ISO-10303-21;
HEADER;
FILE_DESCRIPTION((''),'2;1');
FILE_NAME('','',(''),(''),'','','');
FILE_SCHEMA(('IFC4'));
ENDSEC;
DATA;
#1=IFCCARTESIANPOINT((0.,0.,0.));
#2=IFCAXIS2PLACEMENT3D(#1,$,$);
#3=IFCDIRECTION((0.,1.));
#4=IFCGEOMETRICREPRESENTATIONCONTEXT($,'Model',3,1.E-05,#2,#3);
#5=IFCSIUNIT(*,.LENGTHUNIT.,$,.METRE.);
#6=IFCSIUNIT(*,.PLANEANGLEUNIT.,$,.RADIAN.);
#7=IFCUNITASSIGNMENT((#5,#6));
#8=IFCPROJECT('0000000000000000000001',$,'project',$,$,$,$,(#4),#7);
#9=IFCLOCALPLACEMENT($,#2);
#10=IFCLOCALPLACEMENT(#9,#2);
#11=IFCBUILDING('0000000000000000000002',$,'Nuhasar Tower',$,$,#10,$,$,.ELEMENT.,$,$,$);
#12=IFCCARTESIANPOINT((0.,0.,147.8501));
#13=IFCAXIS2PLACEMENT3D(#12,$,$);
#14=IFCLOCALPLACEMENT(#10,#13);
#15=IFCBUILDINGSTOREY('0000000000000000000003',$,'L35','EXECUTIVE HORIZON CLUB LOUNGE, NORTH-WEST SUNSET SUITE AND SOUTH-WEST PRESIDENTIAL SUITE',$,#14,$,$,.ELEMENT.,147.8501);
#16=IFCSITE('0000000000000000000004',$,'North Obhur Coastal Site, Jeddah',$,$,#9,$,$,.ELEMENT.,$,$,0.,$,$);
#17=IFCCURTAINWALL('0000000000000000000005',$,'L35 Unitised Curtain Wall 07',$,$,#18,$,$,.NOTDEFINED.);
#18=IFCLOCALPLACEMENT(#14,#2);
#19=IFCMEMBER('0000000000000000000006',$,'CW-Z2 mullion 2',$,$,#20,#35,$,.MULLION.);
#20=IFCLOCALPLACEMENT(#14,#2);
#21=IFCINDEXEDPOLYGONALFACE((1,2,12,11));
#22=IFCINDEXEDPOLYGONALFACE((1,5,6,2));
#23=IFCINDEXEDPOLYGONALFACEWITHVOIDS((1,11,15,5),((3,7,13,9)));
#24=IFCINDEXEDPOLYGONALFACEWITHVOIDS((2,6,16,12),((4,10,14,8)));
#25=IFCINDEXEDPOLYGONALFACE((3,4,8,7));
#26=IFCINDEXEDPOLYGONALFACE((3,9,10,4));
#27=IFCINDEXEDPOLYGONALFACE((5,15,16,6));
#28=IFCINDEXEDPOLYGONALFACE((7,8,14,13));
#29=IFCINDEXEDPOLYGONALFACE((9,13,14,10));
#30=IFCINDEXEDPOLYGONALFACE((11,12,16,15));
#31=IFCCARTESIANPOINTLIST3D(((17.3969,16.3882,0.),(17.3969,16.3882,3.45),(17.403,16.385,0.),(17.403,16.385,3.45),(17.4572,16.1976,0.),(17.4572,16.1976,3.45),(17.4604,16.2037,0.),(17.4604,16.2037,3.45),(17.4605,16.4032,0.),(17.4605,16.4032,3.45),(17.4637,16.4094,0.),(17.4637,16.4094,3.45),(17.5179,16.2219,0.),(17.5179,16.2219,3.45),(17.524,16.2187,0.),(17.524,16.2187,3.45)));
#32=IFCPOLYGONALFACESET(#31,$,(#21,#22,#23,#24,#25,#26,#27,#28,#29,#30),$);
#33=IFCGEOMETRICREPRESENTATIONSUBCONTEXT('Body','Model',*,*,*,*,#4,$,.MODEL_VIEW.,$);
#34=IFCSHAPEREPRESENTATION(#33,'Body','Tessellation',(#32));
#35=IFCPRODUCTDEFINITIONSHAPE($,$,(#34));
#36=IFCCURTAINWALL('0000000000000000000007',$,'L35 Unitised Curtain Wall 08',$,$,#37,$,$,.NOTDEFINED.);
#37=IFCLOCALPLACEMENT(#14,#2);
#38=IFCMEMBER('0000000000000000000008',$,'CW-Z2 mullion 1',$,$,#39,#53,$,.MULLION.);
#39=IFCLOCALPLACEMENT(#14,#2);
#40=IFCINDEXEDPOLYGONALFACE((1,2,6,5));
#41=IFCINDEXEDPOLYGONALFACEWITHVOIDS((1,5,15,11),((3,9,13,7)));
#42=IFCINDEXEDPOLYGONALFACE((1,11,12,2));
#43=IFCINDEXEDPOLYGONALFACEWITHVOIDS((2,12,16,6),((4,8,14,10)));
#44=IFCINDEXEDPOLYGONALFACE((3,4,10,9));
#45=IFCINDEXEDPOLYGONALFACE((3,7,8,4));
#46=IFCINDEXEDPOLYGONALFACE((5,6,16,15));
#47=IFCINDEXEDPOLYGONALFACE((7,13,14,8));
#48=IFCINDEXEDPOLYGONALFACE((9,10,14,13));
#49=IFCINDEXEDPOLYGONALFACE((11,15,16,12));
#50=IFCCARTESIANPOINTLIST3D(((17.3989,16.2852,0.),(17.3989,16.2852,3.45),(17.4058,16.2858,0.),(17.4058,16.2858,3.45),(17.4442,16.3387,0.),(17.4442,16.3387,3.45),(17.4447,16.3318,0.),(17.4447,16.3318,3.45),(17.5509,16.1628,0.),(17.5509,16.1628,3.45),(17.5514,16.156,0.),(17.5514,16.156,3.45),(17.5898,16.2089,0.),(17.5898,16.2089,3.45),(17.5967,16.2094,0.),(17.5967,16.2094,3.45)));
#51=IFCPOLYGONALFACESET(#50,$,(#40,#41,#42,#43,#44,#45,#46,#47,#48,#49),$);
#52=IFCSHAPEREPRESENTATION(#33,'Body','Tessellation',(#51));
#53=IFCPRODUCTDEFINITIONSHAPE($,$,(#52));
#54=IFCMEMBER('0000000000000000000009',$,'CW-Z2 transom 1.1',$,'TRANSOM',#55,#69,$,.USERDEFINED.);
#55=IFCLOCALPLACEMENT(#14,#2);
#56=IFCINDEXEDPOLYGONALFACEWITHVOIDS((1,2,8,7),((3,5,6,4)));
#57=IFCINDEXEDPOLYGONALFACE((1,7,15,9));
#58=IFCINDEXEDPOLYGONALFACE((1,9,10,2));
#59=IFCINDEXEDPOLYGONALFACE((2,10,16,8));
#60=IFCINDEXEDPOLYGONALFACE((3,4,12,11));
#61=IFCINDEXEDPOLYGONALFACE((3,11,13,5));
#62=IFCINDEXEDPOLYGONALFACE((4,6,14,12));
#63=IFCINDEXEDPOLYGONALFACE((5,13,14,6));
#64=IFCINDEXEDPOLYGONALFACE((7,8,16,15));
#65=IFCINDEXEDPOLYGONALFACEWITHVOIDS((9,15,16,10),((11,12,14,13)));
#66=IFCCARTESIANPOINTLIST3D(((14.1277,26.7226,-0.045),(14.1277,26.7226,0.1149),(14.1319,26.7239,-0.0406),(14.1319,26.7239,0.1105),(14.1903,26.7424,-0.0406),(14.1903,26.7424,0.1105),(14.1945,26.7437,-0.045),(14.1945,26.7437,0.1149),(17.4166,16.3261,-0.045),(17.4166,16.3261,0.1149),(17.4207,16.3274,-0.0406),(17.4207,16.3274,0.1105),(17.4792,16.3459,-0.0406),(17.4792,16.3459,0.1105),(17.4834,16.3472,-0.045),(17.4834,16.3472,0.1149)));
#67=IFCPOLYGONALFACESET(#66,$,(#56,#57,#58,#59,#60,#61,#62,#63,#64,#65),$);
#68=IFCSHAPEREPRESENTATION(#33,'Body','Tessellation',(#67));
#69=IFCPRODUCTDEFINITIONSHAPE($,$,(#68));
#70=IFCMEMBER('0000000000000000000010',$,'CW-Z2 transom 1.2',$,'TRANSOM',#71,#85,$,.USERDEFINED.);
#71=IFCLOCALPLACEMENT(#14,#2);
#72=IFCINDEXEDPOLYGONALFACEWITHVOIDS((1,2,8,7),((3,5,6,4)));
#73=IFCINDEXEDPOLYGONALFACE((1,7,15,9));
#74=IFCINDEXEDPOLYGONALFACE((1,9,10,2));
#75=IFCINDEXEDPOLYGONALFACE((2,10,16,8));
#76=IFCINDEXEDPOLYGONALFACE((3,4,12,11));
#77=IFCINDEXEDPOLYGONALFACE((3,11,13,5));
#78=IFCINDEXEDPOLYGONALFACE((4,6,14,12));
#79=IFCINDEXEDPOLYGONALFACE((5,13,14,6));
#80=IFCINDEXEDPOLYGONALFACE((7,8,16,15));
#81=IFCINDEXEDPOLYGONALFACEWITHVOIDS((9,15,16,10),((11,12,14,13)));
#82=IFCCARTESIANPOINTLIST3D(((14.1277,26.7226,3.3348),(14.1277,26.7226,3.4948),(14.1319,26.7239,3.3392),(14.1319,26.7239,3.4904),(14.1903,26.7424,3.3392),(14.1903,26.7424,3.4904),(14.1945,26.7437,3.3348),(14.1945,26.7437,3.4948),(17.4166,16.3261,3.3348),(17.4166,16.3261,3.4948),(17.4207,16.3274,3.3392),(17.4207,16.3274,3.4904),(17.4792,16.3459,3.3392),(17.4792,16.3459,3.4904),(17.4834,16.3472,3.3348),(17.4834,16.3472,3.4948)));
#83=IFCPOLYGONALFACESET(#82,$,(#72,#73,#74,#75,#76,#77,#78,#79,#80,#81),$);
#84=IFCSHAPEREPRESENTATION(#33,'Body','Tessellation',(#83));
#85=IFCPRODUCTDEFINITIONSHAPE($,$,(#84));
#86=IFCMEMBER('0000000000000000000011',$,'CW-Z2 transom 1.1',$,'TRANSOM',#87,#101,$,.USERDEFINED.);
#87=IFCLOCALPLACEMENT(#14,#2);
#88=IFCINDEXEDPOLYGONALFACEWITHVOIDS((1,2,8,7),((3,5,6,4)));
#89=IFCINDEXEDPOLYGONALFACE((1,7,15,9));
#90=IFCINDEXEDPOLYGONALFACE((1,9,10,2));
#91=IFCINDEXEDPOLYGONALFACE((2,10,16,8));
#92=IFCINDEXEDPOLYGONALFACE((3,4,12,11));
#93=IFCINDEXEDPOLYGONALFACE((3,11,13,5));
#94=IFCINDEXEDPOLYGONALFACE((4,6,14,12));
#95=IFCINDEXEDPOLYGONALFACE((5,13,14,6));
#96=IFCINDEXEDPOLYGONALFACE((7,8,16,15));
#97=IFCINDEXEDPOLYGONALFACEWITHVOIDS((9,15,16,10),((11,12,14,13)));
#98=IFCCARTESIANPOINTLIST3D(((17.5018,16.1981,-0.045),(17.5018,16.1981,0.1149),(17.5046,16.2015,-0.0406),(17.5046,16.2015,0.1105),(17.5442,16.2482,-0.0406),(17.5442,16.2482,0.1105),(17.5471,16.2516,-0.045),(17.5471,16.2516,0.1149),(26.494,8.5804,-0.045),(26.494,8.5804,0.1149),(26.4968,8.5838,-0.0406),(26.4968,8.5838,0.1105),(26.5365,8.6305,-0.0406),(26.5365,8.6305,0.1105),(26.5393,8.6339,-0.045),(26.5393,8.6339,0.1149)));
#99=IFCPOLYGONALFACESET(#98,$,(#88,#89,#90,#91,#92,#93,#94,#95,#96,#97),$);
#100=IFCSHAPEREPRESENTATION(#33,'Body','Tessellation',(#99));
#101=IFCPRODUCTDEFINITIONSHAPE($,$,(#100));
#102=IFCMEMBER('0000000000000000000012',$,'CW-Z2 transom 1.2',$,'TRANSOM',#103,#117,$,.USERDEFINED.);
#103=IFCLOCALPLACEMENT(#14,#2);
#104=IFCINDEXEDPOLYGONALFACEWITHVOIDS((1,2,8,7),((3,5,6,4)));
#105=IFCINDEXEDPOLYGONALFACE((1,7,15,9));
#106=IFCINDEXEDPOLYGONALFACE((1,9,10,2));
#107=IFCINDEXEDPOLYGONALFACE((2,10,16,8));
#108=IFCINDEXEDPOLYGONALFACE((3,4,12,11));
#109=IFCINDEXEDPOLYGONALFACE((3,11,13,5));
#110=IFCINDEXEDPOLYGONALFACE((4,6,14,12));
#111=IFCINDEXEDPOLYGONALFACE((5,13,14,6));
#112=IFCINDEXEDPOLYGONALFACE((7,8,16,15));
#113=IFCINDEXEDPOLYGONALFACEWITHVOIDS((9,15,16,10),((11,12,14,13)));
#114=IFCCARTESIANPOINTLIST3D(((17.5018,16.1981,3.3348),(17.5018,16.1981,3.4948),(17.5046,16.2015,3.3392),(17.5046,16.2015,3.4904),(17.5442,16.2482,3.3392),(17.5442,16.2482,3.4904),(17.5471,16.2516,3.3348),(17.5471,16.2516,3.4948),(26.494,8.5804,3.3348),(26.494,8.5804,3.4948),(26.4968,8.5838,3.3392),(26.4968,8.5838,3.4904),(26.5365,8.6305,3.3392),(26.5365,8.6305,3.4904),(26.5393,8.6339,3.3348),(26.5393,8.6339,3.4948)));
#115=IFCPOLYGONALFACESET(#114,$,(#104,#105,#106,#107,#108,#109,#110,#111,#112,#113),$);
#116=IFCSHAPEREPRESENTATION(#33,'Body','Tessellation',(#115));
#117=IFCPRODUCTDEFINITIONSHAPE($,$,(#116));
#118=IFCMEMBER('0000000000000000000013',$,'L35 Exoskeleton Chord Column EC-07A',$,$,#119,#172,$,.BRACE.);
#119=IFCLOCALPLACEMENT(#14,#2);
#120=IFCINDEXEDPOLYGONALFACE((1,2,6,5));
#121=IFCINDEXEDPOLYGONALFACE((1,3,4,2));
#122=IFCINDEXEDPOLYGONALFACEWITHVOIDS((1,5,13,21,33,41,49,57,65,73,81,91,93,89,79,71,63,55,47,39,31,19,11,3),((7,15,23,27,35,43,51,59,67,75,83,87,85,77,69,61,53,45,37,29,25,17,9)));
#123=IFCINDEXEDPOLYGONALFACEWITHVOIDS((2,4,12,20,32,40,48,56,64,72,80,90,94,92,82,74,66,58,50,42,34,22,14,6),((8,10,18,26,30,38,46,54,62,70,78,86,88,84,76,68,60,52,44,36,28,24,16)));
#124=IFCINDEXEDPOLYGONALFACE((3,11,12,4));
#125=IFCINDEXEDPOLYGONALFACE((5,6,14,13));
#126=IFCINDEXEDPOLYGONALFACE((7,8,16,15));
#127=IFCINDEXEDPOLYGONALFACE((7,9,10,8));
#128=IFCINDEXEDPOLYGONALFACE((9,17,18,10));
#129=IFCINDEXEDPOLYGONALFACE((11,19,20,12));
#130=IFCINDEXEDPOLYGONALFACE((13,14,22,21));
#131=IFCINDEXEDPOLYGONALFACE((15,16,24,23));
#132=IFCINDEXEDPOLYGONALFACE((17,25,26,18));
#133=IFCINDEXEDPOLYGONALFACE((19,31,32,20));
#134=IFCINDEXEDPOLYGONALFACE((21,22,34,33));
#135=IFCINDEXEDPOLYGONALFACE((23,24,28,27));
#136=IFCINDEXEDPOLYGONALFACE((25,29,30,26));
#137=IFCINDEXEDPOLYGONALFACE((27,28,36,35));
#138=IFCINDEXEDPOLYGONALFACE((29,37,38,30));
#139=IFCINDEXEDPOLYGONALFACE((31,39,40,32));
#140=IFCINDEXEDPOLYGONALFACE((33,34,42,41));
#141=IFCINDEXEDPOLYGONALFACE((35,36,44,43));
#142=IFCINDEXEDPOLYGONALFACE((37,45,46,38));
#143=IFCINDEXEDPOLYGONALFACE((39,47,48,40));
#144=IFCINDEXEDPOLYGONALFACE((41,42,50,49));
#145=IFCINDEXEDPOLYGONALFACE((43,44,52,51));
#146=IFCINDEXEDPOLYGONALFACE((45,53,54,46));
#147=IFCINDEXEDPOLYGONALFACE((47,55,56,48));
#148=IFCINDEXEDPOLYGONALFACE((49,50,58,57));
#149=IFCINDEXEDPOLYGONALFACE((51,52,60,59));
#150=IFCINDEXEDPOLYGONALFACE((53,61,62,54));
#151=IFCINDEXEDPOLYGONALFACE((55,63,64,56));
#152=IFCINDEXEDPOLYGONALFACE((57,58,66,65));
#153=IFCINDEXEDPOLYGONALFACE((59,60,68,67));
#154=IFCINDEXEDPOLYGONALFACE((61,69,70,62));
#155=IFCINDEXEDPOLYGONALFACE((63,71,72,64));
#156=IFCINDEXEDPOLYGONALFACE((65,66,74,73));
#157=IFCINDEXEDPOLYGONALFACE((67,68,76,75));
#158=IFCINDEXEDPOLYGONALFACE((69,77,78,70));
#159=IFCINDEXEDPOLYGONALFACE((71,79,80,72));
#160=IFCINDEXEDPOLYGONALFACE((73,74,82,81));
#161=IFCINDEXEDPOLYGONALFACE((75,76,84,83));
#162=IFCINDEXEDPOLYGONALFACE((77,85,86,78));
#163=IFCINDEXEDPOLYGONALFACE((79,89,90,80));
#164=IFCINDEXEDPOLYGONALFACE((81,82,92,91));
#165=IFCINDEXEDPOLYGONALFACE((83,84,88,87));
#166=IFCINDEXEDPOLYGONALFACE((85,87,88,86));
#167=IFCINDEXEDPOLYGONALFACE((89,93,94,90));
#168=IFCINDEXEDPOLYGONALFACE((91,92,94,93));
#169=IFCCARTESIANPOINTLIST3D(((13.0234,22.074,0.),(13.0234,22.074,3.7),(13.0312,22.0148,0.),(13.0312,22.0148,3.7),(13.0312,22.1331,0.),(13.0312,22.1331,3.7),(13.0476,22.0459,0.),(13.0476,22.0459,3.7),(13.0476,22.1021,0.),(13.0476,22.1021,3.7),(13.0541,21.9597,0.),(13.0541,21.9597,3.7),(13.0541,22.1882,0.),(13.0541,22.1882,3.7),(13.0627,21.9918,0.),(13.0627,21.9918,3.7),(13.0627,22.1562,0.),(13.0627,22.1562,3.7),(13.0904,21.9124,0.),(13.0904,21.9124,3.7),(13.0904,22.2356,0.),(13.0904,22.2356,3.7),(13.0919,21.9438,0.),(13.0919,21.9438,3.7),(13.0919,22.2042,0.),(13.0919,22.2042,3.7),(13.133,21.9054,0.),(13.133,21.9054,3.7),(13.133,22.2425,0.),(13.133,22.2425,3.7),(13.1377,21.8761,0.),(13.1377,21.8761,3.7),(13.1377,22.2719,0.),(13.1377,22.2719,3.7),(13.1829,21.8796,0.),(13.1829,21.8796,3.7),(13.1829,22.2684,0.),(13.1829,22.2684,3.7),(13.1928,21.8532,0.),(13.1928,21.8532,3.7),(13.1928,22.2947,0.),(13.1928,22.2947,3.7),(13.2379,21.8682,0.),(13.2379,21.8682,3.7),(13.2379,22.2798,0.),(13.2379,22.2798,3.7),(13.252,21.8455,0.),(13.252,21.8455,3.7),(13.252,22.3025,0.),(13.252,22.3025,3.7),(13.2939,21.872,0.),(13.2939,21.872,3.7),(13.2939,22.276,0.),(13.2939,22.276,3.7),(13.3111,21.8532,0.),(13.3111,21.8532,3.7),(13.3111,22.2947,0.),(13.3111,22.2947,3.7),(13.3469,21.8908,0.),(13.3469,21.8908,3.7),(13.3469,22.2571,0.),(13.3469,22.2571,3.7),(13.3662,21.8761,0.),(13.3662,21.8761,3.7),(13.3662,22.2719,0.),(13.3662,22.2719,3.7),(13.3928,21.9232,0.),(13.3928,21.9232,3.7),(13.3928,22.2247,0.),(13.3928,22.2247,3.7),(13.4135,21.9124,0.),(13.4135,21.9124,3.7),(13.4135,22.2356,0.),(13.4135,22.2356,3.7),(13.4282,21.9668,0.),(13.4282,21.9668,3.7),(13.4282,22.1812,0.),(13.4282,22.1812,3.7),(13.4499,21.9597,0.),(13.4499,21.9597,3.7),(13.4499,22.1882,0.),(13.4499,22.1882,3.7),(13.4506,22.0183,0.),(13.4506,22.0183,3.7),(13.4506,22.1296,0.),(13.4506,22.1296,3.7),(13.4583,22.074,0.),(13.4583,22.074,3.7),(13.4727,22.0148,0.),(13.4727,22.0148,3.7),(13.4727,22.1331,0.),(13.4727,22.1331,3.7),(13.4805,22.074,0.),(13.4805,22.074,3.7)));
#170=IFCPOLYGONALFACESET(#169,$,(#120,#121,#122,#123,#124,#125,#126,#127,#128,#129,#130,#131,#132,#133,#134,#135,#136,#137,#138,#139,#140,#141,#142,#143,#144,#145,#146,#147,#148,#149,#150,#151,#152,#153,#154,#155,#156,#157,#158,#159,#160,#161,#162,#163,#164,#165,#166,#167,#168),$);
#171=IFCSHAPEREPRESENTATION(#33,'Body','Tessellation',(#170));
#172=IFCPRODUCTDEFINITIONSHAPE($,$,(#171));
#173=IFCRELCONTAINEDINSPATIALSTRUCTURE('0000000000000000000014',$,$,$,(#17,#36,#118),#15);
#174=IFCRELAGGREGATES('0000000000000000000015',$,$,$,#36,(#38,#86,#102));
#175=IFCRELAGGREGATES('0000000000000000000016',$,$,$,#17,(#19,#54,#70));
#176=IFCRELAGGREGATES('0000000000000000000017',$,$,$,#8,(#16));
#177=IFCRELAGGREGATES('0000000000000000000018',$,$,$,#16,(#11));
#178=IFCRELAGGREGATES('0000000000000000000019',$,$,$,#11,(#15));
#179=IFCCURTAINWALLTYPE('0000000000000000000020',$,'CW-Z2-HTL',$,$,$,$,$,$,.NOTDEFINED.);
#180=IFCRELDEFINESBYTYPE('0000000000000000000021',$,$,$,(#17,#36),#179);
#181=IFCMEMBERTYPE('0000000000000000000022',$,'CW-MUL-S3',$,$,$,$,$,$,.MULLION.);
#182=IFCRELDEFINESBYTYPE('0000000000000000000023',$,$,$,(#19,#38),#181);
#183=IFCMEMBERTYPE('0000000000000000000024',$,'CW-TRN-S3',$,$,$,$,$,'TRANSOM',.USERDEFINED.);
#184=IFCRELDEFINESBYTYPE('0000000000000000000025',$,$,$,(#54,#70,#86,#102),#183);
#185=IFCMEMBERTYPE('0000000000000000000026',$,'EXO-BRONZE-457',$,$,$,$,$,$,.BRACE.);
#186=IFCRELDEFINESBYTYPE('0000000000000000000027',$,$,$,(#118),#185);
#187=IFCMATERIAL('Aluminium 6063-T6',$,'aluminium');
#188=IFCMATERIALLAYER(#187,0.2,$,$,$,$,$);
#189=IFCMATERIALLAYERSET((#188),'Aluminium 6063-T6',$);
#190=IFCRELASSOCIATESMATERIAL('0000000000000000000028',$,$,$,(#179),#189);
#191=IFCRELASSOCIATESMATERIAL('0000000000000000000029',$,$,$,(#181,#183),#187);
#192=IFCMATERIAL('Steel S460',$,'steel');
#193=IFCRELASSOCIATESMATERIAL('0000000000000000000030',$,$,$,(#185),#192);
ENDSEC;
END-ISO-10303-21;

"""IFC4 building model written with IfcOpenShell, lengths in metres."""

from ifc_helpers import new_model, si_unit, direction, frame, origin, origin_2d, place, context, subcontext, project, spatial, hollow_rectangle, hollow_circle, extrude, material, layer, layer_set, material_profile, profile_set, type_object, element, aggregate, save


model = new_model("IFC4")

# Units and contexts
model_context = context("Model", 3, precision=1e-05, world=origin(), true_north=direction((0.0, 1.0)))
body_context = subcontext(model_context, "Body", "Model", "MODEL_VIEW")
ifc_project = project(units=[si_unit("LENGTHUNIT", "METRE"), si_unit("PLANEANGLEUNIT", "RADIAN")], contexts=[model_context])

# Site, building, storey
site_placement = place(None, origin())
site = spatial("IfcSite", under=ifc_project, at=site_placement, Name="North Obhur Coastal Site, Jeddah", CompositionType="ELEMENT", RefElevation=0.0)
building_placement = place(site_placement, origin())
building = spatial("IfcBuilding", under=site, at=building_placement, Name="Nuhasar Tower", CompositionType="ELEMENT")
storey_placement = place(building_placement, frame((0.0, 0.0, 147.8501)))
storey = spatial("IfcBuildingStorey", under=building, at=storey_placement, Name="L35", Description="EXECUTIVE HORIZON CLUB LOUNGE, NORTH-WEST SUNSET SUITE AND SOUTH-WEST PRESIDENTIAL SUITE", CompositionType="ELEMENT", Elevation=147.8501)

# Curtain wall, member
ifc_material_1 = material(Name="Aluminium 6063-T6", Category="aluminium")
ifc_layer_1 = layer(ifc_material_1, 0.2)
ifc_layer_set_1 = layer_set([ifc_layer_1], Name="Aluminium 6063-T6")
curtain_wall_type = type_object("IfcCurtainWallType", Name="CW-Z2-HTL", PredefinedType="NOTDEFINED", material=ifc_layer_set_1)
curtain_wall_1_placement = place(storey_placement, origin())
curtain_wall_1 = element("IfcCurtainWall", 1, at=curtain_wall_1_placement, inside=storey, type_object=curtain_wall_type, Name="L35 Unitised Curtain Wall 07", PredefinedType="NOTDEFINED")
ifc_material_profile_1 = material_profile(ifc_material_1, hollow_rectangle(XDim=0.0701, YDim=0.2, WallThickness=0.0049, at=origin_2d()), Name="CWM-3")
ifc_profile_set_1 = profile_set([ifc_material_profile_1], Name="Aluminium 6063-T6")
member_type_1 = type_object("IfcMemberType", Name="CW-MUL-S3", PredefinedType="MULLION", material=ifc_profile_set_1)
member_1_placement = place(storey_placement, frame((17.4604, 16.3035, 0.0), z_axis=(0.0, 0.0, 1.0), x_axis=(0.953433, 0.301604, 0.0)))
member_1 = element("IfcMember", 2, at=member_1_placement, type_object=member_type_1, Name="CW-Z2 mullion 2", PredefinedType="MULLION", context=body_context, shape_type="SweptSolid", body=[
    extrude(hollow_rectangle(XDim=0.0701, YDim=0.2, WallThickness=0.0049, at=origin_2d()), origin(), (0.0, 0.0, 1.0), 3.45),
])

# Curtain wall, member
curtain_wall_2_placement = place(storey_placement, origin())
curtain_wall_2 = element("IfcCurtainWall", 3, at=curtain_wall_2_placement, inside=storey, type_object=curtain_wall_type, Name="L35 Unitised Curtain Wall 08", PredefinedType="NOTDEFINED")
member_2_placement = place(storey_placement, frame((17.4978, 16.2473, 0.0), z_axis=(0.0, 0.0, 1.0), x_axis=(0.646374, 0.76302, 0.0)))
member_2 = element("IfcMember", 4, at=member_2_placement, type_object=member_type_1, Name="CW-Z2 mullion 1", PredefinedType="MULLION", context=body_context, shape_type="SweptSolid", body=[
    extrude(hollow_rectangle(XDim=0.0701, YDim=0.2, WallThickness=0.0049, at=origin_2d()), origin(), (0.0, 0.0, 1.0), 3.45),
])

# Members
ifc_material_profile_2 = material_profile(ifc_material_1, hollow_rectangle(XDim=0.0701, YDim=0.1599, WallThickness=0.0044, at=origin_2d()), Name="CWT-3")
ifc_profile_set_2 = profile_set([ifc_material_profile_2], Name="Aluminium 6063-T6")
member_type_2 = type_object("IfcMemberType", Name="CW-TRN-S3", ElementType="TRANSOM", PredefinedType="USERDEFINED", material=ifc_profile_set_2)
member_3_placement = place(storey_placement, frame((14.1611, 26.7332, 0.0349), z_axis=(0.301608, -0.953432, 0.0), x_axis=(0.953432, 0.301608, 0.0)))
member_3 = element("IfcMember", 5, at=member_3_placement, type_object=member_type_2, Name="CW-Z2 transom 1.1", ObjectType="TRANSOM", PredefinedType="USERDEFINED", context=body_context, shape_type="SweptSolid", body=[
    extrude(hollow_rectangle(XDim=0.0701, YDim=0.1599, WallThickness=0.0044, at=origin_2d()), origin(), (0.0, 0.0, 1.0), 10.9043),
])
member_4_placement = place(storey_placement, frame((14.1611, 26.7332, 3.4148), z_axis=(0.301608, -0.953432, 0.0), x_axis=(0.953432, 0.301608, 0.0)))
member_4 = element("IfcMember", 6, at=member_4_placement, type_object=member_type_2, Name="CW-Z2 transom 1.2", ObjectType="TRANSOM", PredefinedType="USERDEFINED", context=body_context, shape_type="SweptSolid", body=[
    extrude(hollow_rectangle(XDim=0.0701, YDim=0.1599, WallThickness=0.0044, at=origin_2d()), origin(), (0.0, 0.0, 1.0), 10.9043),
])
member_5_placement = place(storey_placement, frame((17.5244, 16.2249, 0.0349), z_axis=(0.763014, -0.646382, 0.0), x_axis=(0.646382, 0.763014, 0.0)))
member_5 = element("IfcMember", 7, at=member_5_placement, type_object=member_type_2, Name="CW-Z2 transom 1.1", ObjectType="TRANSOM", PredefinedType="USERDEFINED", context=body_context, shape_type="SweptSolid", body=[
    extrude(hollow_rectangle(XDim=0.0701, YDim=0.1599, WallThickness=0.0044, at=origin_2d()), origin(), (0.0, 0.0, 1.0), 11.7852),
])
member_6_placement = place(storey_placement, frame((17.5244, 16.2249, 3.4148), z_axis=(0.763014, -0.646382, 0.0), x_axis=(0.646382, 0.763014, 0.0)))
member_6 = element("IfcMember", 8, at=member_6_placement, type_object=member_type_2, Name="CW-Z2 transom 1.2", ObjectType="TRANSOM", PredefinedType="USERDEFINED", context=body_context, shape_type="SweptSolid", body=[
    extrude(hollow_rectangle(XDim=0.0701, YDim=0.1599, WallThickness=0.0044, at=origin_2d()), origin(), (0.0, 0.0, 1.0), 11.7852),
])
aggregate(curtain_wall_2, [member_2, member_5, member_6])

# Member
ifc_material_2 = material(Name="Steel S460", Category="steel")
ifc_material_profile_3 = material_profile(ifc_material_2, hollow_circle(Radius=0.2285, WallThickness=0.0222, at=origin_2d()), Name="HSS457X22.2")
ifc_profile_set_3 = profile_set([ifc_material_profile_3], Name="Steel S460")
member_type_3 = type_object("IfcMemberType", Name="EXO-BRONZE-457", PredefinedType="BRACE", material=ifc_profile_set_3)
for number, where, z_axis, x_axis, name in (
    (9, (13.252, 22.074, 0.0), (0.0, 0.0, 1.0), (1.0, 0.0, 0.0), "L35 Exoskeleton Chord Column EC-07A"),
):
    element("IfcMember", number, at=place(storey_placement, frame(where, z_axis=z_axis, x_axis=x_axis)), inside=storey, type_object=member_type_3, Name=name, PredefinedType="BRACE", context=body_context, shape_type="SweptSolid", body=[
        extrude(hollow_circle(Radius=0.2285, WallThickness=0.0222, at=origin_2d()), origin(), (0.0, 0.0, 1.0), 3.7),
    ])

aggregate(curtain_wall_1, [member_1, member_3, member_4])

save(model, "model.ifc")
